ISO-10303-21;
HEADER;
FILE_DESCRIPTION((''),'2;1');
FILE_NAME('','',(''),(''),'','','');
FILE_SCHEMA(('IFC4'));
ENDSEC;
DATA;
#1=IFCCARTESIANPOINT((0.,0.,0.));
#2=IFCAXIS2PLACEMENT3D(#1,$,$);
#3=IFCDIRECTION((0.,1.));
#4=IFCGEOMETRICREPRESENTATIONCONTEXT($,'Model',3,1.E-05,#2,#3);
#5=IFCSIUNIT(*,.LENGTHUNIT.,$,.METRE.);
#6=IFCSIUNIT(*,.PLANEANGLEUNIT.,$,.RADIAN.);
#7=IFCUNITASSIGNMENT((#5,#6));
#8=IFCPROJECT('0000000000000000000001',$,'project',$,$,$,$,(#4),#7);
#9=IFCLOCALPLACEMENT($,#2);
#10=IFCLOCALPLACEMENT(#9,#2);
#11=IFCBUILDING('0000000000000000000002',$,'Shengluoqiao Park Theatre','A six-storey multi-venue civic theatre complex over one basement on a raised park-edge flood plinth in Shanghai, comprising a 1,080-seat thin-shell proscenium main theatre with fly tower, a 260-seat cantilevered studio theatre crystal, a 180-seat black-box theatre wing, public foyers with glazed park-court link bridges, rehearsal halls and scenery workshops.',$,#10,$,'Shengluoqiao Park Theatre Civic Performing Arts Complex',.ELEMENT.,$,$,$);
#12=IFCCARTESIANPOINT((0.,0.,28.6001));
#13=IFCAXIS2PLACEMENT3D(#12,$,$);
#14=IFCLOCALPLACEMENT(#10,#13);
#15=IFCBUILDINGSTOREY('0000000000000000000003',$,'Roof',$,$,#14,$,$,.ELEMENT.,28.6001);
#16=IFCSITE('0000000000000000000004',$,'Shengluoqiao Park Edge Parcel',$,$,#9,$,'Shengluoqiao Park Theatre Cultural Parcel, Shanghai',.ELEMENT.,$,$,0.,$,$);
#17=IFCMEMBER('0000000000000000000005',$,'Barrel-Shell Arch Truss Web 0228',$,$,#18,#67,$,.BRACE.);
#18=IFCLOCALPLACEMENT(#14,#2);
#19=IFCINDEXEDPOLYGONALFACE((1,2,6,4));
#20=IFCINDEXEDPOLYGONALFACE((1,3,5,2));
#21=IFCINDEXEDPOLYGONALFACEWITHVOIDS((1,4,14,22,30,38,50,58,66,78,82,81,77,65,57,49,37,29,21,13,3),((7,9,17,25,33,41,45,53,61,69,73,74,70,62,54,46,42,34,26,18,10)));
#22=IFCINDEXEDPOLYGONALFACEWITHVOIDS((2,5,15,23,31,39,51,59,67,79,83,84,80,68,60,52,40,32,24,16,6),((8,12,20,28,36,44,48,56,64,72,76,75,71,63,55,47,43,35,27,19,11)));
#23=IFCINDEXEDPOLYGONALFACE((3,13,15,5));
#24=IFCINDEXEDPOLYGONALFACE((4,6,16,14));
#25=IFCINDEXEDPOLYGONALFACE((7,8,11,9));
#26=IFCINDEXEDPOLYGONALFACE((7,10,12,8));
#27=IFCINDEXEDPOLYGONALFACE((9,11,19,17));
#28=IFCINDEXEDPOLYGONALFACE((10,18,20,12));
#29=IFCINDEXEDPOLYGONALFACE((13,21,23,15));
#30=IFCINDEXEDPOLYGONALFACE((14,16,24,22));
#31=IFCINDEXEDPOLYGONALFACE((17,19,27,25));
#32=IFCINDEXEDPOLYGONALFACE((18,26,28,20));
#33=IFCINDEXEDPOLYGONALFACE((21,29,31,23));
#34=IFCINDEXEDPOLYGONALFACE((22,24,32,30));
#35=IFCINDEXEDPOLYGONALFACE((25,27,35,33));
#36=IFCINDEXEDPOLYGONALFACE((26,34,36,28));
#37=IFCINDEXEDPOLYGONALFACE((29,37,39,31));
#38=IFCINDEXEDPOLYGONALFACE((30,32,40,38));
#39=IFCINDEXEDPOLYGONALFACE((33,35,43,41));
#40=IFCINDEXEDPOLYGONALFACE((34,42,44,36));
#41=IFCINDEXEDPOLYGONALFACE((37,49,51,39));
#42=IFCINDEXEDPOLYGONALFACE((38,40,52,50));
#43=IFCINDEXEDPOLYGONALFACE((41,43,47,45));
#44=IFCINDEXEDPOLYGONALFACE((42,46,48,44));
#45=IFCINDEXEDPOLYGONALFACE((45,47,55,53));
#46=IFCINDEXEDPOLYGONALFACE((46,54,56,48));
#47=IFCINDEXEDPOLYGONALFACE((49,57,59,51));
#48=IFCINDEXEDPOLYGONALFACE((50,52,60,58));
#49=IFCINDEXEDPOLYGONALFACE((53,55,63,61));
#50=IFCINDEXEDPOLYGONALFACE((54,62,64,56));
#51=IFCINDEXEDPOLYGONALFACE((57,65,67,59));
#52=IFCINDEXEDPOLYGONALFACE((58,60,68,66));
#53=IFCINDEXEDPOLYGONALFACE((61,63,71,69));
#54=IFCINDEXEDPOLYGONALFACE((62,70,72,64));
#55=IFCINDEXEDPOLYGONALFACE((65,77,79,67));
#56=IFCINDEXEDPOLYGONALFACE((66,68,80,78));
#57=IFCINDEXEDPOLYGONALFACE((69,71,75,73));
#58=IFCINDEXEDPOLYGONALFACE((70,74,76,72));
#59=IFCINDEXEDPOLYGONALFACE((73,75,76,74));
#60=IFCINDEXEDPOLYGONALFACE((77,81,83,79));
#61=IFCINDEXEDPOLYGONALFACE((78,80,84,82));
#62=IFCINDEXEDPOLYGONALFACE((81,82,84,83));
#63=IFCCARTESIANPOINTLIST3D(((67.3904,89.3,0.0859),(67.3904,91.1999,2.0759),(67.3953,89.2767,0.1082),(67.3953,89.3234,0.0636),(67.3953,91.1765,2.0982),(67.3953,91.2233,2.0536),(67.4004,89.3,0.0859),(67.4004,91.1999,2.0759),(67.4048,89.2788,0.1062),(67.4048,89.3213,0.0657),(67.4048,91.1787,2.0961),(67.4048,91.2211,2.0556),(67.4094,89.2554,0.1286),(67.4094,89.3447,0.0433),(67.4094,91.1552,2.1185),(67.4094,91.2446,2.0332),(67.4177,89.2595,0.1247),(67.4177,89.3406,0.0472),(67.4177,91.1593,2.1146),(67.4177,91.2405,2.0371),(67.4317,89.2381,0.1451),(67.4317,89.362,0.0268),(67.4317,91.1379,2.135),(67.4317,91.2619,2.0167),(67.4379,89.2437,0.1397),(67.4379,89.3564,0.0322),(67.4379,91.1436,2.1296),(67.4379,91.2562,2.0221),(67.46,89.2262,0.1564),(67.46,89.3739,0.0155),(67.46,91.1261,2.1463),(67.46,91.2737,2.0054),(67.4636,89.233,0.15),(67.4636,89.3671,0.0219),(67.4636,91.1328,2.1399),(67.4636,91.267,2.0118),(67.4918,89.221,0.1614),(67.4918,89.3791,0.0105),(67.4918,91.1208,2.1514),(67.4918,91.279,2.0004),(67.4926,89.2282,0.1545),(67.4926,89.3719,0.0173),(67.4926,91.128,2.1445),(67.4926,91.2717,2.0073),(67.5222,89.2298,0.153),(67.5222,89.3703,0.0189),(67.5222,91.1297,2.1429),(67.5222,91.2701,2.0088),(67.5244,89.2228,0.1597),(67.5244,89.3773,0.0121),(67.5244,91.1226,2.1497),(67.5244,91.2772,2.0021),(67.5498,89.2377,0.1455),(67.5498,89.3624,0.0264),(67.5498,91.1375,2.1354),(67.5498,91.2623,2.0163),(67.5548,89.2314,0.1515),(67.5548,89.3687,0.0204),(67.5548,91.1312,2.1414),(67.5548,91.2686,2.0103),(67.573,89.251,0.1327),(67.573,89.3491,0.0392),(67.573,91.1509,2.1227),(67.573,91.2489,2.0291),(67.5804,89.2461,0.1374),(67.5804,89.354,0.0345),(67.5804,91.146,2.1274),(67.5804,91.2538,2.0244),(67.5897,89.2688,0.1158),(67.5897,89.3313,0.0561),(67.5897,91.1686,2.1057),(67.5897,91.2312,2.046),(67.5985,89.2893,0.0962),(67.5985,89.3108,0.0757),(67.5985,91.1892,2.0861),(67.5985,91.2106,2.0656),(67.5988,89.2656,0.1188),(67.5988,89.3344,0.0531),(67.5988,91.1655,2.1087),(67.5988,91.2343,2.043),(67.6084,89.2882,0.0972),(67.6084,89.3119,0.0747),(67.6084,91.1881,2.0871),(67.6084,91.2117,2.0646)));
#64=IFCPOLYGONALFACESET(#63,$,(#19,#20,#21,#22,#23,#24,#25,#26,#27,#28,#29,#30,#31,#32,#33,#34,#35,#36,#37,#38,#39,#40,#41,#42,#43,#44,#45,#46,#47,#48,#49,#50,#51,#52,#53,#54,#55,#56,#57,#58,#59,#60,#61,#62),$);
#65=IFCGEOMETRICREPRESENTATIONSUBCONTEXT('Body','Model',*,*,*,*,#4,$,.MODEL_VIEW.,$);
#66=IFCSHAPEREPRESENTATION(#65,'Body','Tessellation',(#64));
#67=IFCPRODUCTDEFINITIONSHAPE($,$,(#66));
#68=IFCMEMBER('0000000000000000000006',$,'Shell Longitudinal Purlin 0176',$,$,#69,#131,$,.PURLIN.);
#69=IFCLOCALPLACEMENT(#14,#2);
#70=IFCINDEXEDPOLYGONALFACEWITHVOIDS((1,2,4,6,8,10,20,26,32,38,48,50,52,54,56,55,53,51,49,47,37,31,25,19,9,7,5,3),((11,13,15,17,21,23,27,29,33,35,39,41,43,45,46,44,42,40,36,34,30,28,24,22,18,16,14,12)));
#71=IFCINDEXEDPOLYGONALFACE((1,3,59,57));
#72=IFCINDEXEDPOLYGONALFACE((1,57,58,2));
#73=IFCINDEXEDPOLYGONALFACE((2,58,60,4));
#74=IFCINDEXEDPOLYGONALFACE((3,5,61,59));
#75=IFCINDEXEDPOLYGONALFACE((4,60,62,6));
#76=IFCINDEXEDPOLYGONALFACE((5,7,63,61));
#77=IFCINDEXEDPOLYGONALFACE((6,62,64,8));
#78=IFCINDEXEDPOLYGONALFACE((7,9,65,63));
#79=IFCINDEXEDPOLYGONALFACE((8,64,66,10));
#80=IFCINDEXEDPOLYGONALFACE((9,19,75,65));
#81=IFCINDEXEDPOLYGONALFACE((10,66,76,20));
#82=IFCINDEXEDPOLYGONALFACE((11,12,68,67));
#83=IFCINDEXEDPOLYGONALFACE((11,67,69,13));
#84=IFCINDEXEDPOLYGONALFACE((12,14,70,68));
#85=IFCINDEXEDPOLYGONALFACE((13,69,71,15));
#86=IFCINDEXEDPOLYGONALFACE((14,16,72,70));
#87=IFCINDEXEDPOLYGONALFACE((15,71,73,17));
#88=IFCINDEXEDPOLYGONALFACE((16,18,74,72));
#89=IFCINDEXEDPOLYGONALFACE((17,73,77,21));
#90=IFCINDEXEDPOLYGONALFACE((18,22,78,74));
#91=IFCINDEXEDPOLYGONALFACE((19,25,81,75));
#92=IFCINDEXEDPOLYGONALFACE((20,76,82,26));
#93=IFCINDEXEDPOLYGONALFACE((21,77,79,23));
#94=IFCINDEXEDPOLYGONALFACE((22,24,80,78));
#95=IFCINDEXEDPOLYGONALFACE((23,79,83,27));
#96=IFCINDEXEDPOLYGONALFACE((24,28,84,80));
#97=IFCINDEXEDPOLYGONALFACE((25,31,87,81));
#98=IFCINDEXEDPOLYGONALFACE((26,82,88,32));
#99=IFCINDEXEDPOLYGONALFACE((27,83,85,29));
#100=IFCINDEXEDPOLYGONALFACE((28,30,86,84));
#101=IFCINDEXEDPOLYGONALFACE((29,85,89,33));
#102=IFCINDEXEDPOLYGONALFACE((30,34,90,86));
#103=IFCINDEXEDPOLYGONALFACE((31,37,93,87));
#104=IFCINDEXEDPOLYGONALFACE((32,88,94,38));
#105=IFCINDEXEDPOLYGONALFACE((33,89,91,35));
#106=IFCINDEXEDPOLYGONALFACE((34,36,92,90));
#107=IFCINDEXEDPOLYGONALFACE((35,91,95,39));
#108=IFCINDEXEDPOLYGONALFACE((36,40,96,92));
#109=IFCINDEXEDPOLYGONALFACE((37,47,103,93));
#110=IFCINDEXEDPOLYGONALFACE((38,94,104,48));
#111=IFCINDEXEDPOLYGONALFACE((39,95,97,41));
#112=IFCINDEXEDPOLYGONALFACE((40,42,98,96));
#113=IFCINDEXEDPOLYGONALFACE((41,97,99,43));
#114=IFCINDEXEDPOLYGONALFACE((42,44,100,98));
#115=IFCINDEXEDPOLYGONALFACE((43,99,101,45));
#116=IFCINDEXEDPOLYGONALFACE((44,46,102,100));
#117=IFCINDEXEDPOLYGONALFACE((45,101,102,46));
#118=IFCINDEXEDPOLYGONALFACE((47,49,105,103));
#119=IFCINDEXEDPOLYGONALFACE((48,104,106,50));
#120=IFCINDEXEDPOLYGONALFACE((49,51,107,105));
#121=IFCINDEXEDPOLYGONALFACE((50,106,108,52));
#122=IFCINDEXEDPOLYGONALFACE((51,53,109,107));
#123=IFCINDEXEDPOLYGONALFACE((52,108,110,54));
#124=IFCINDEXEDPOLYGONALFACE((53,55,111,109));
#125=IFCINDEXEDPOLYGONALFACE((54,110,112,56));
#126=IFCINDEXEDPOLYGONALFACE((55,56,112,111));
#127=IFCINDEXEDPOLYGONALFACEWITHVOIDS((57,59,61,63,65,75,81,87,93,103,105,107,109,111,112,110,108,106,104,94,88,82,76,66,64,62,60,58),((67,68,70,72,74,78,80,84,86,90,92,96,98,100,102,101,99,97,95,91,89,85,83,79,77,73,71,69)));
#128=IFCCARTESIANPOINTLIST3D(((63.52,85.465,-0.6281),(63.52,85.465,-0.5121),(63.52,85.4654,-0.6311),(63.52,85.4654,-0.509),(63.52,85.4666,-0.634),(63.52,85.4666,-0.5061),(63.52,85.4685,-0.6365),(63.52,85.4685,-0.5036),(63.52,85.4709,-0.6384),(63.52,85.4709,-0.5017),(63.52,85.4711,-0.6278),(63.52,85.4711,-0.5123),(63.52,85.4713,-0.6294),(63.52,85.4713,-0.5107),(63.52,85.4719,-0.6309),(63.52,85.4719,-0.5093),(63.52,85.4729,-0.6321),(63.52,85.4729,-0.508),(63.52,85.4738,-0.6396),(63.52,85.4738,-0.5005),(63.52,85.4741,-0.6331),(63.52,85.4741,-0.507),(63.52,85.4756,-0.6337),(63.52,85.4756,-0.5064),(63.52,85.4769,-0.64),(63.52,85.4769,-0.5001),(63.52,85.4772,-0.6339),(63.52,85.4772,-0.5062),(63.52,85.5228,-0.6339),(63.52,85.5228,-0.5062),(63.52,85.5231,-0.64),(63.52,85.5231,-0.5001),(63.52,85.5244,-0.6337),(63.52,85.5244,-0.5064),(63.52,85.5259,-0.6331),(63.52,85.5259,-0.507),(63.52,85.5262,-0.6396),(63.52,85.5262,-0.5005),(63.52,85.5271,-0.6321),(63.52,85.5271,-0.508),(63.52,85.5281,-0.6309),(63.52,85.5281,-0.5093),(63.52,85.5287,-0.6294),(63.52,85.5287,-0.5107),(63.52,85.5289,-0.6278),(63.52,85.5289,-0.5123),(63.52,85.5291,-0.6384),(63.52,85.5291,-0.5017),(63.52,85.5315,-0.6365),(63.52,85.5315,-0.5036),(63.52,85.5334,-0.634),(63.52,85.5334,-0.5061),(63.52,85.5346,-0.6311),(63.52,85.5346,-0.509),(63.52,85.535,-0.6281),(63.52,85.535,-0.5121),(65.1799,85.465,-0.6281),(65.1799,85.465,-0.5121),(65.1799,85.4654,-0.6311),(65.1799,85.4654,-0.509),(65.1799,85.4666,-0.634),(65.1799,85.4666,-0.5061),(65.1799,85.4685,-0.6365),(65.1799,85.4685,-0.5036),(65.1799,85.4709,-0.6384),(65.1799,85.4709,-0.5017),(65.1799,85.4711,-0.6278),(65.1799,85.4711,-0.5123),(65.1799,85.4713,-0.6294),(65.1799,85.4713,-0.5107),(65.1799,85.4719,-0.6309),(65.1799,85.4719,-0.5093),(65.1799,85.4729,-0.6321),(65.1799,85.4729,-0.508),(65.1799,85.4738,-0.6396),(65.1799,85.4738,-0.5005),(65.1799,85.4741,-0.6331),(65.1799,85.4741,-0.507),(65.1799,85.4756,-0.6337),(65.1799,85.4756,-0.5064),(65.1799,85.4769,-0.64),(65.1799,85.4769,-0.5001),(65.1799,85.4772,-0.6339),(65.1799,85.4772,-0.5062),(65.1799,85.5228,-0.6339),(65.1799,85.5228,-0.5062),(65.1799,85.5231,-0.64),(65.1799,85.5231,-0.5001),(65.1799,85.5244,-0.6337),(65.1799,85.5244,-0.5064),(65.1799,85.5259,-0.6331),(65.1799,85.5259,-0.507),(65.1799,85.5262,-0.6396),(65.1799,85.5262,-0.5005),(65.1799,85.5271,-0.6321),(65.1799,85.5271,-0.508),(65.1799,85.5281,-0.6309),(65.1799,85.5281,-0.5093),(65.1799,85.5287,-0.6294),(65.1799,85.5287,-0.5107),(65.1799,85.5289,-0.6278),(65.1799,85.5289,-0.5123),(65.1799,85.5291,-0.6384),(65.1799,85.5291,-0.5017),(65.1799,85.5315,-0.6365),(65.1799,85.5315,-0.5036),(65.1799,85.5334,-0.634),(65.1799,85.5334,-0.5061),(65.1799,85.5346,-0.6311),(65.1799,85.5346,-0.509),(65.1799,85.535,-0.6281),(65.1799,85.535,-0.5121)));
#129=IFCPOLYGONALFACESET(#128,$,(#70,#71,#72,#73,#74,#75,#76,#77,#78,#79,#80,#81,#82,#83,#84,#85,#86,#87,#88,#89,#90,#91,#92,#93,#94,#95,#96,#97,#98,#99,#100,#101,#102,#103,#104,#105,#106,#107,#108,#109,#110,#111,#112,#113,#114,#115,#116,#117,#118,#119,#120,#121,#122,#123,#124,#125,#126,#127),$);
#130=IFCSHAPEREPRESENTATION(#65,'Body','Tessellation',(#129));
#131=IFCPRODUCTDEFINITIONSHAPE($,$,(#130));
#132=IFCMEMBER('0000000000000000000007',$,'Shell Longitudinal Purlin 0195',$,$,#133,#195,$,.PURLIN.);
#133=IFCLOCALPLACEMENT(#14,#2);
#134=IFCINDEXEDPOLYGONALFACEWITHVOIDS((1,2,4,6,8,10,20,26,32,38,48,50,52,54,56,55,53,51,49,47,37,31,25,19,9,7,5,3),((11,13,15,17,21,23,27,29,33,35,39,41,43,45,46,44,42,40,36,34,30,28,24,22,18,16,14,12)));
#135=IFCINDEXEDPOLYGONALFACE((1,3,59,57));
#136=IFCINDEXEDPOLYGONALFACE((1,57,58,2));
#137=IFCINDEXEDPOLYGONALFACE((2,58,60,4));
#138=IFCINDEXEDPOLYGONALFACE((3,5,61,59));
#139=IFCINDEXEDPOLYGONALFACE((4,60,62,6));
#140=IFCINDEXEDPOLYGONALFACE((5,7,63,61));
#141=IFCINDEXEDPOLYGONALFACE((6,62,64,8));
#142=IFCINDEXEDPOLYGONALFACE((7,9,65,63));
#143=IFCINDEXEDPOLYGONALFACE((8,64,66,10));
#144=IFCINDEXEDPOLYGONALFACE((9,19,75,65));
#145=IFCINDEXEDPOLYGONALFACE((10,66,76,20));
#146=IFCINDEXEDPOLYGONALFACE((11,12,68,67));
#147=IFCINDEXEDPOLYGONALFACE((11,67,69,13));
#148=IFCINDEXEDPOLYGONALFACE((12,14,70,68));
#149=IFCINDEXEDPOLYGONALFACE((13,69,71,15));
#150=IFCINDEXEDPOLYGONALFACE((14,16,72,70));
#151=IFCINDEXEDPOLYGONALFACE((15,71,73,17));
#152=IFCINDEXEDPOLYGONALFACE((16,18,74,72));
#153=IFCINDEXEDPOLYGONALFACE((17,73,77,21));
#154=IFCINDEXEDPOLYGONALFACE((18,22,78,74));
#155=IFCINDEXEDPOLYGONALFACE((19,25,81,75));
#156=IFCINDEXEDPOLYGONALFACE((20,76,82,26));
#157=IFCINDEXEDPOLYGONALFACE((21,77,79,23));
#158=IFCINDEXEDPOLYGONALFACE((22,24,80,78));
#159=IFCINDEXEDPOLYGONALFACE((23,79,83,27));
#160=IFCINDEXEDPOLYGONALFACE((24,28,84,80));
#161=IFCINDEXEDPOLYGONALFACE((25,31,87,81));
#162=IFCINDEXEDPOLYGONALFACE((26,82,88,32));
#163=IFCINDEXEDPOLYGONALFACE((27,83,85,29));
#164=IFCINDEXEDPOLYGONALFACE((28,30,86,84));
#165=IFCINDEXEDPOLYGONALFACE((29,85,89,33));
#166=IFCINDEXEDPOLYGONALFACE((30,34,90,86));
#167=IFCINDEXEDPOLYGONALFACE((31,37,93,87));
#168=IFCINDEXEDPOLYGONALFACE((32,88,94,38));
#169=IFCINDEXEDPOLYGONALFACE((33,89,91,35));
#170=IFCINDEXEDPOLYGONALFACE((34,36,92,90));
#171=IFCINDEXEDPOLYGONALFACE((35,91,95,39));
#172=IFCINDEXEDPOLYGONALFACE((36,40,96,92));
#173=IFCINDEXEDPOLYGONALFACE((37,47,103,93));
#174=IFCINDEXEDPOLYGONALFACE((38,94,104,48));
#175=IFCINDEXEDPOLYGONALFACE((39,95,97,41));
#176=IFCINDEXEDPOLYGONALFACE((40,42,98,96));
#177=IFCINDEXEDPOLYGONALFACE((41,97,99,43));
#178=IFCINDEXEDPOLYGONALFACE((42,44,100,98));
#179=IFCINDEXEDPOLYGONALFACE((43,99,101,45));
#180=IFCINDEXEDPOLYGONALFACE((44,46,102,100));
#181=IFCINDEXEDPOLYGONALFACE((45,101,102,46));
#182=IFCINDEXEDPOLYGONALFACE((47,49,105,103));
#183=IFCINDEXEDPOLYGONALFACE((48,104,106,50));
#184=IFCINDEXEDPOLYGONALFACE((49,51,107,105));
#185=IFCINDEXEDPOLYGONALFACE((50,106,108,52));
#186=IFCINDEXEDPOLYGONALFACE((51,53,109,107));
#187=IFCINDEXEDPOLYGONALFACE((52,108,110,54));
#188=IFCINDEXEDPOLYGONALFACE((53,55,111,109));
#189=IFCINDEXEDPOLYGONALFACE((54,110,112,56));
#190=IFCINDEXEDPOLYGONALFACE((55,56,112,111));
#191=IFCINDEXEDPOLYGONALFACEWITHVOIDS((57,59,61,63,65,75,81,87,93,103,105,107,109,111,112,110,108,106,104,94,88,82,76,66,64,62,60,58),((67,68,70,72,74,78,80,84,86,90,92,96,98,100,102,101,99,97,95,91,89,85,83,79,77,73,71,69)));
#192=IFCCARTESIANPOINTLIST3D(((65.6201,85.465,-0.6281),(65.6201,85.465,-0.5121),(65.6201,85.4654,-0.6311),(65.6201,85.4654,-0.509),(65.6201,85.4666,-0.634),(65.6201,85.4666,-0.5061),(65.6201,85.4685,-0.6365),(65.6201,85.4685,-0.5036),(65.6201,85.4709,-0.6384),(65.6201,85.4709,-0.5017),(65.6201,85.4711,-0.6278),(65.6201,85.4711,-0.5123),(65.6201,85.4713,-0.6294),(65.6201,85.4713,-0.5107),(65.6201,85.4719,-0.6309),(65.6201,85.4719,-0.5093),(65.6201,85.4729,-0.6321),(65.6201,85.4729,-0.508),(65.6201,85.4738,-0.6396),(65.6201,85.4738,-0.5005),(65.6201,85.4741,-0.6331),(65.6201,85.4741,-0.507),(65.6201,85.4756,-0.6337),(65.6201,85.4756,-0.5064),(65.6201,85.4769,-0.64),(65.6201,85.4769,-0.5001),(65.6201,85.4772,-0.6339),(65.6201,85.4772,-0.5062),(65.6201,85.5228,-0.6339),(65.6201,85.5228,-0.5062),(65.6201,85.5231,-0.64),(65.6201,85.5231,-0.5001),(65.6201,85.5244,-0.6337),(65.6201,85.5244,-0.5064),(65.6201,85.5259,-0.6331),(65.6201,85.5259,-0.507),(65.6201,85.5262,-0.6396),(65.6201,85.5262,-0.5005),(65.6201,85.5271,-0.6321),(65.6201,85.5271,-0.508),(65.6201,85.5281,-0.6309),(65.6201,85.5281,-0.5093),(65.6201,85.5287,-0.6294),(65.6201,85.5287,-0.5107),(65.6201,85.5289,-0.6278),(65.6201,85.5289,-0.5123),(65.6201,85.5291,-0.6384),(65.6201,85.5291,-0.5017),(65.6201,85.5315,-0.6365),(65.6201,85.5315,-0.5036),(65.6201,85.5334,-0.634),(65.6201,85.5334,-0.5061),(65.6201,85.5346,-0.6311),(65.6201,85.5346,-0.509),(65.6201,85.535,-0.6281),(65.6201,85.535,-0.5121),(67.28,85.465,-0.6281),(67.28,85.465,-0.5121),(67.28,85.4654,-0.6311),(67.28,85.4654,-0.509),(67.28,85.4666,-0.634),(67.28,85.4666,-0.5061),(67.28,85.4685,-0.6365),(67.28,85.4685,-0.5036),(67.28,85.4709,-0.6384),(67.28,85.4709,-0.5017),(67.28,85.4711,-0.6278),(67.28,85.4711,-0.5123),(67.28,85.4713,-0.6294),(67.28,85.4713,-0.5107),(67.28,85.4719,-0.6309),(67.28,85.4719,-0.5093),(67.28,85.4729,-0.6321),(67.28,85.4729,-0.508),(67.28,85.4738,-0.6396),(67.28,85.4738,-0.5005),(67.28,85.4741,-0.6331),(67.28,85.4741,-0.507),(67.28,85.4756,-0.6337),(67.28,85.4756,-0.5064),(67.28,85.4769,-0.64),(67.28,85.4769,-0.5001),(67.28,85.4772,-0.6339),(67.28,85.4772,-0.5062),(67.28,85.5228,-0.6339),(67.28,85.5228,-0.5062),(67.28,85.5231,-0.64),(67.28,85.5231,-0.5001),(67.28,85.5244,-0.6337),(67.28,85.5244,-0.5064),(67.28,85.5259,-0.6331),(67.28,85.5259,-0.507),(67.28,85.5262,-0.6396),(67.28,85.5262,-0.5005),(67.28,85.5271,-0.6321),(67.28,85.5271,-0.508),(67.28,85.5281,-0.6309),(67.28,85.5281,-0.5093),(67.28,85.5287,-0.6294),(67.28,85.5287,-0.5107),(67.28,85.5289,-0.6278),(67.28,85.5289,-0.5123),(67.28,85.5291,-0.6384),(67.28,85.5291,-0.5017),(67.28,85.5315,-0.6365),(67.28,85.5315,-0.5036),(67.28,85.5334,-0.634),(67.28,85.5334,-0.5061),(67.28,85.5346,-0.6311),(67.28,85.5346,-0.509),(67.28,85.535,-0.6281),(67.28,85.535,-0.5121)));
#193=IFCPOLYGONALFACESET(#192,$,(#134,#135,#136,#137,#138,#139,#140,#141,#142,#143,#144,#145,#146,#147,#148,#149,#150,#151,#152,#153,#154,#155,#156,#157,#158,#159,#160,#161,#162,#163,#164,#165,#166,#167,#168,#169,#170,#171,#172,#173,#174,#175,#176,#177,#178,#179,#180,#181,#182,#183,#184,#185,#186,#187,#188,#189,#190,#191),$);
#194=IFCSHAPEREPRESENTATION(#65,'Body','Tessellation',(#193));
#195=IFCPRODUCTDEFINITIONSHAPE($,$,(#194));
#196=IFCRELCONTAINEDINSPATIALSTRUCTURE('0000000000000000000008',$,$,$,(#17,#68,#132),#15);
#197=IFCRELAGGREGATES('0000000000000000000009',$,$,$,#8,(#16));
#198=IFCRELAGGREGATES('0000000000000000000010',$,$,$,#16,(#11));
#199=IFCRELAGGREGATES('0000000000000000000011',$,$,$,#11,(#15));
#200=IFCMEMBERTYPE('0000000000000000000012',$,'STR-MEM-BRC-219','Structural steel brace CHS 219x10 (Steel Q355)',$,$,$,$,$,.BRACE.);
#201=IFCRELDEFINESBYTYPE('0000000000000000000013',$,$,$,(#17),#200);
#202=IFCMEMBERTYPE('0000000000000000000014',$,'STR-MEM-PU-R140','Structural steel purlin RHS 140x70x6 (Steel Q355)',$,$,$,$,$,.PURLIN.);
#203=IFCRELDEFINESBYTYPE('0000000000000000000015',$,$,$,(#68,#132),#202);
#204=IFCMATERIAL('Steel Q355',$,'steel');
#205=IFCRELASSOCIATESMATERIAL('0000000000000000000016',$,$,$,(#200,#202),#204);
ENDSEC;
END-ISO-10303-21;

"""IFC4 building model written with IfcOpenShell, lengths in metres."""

from ifc_helpers import new_model, si_unit, direction, frame, origin, origin_2d, place, context, subcontext, project, spatial, hollow_rectangle, hollow_circle, extrude, material, material_profile, profile_set, type_object, element, save


model = new_model("IFC4")

# Units and contexts
model_context = context("Model", 3, precision=1e-05, world=origin(), true_north=direction((0.0, 1.0)))
body_context = subcontext(model_context, "Body", "Model", "MODEL_VIEW")
ifc_project = project(units=[si_unit("LENGTHUNIT", "METRE"), si_unit("PLANEANGLEUNIT", "RADIAN")], contexts=[model_context])

# Site, building, storey
site_placement = place(None, origin())
site = spatial("IfcSite", under=ifc_project, at=site_placement, Name="Shengluoqiao Park Edge Parcel", LongName="Shengluoqiao Park Theatre Cultural Parcel, Shanghai", CompositionType="ELEMENT", RefElevation=0.0)
building_placement = place(site_placement, origin())
building = spatial("IfcBuilding", under=site, at=building_placement, Name="Shengluoqiao Park Theatre", Description="A six-storey multi-venue civic theatre complex over one basement on a raised park-edge flood plinth in Shanghai, comprising a 1,080-seat thin-shell proscenium main theatre with fly tower, a 260-seat cantilevered studio theatre crystal, a 180-seat black-box theatre wing, public foyers with glazed park-court link bridges, rehearsal halls and scenery workshops.", LongName="Shengluoqiao Park Theatre Civic Performing Arts Complex", CompositionType="ELEMENT")
storey_placement = place(building_placement, frame((0.0, 0.0, 28.6001)))
storey = spatial("IfcBuildingStorey", under=building, at=storey_placement, Name="Roof", CompositionType="ELEMENT", Elevation=28.6001)

# Shared definitions
ifc_material_1 = material(Name="Steel Q355", Category="steel")

# Members
ifc_material_profile_1 = material_profile(ifc_material_1, hollow_circle(Radius=0.1096, WallThickness=0.01, at=origin_2d()), Name="CHS 219x10")
ifc_profile_set_1 = profile_set([ifc_material_profile_1], Name="Steel Q355")
member_type_1 = type_object("IfcMemberType", Name="STR-MEM-BRC-219", Description="Structural steel brace CHS 219x10 (Steel Q355)", PredefinedType="BRACE", material=ifc_profile_set_1)
member_1_placement = place(storey_placement, frame((67.5, 89.3, 0.0859), z_axis=(0.0, 0.690545, 0.723289), x_axis=(-1.0, 0.0, 0.0)))
element("IfcMember", 1, at=member_1_placement, inside=storey, type_object=member_type_1, Name="Barrel-Shell Arch Truss Web 0228", PredefinedType="BRACE", context=body_context, shape_type="SweptSolid", body=[
    extrude(hollow_circle(Radius=0.1096, WallThickness=0.01, at=origin_2d()), origin(), (0.0, 0.0, 1.0), 2.7512),
])
ifc_material_profile_2 = material_profile(ifc_material_1, hollow_rectangle(XDim=0.0701, YDim=0.1399, WallThickness=0.0061, InnerFilletRadius=0.0061, OuterFilletRadius=0.012, at=origin_2d()), Name="RHS 140x70x6")
ifc_profile_set_2 = profile_set([ifc_material_profile_2], Name="Steel Q355")
member_type_2 = type_object("IfcMemberType", Name="STR-MEM-PU-R140", Description="Structural steel purlin RHS 140x70x6 (Steel Q355)", PredefinedType="PURLIN", material=ifc_profile_set_2)
for number, where, z_axis, x_axis, name in (
    (2, (63.52, 85.5, -0.5701), (1.0, 0.0, 0.0), (0.0, 1.0, 0.0), "Shell Longitudinal Purlin 0176"),
    (3, (65.6201, 85.5, -0.5701), (1.0, 0.0, 0.0), (0.0, 1.0, 0.0), "Shell Longitudinal Purlin 0195"),
):
    element("IfcMember", number, at=place(storey_placement, frame(where, z_axis=z_axis, x_axis=x_axis)), inside=storey, type_object=member_type_2, Name=name, PredefinedType="PURLIN", context=body_context, shape_type="SweptSolid", body=[
        extrude(hollow_rectangle(XDim=0.0701, YDim=0.1399, WallThickness=0.0061, InnerFilletRadius=0.0061, OuterFilletRadius=0.012, at=origin_2d()), origin(), (0.0, 0.0, 1.0), 1.6599),
    ])

save(model, "model.ifc")
